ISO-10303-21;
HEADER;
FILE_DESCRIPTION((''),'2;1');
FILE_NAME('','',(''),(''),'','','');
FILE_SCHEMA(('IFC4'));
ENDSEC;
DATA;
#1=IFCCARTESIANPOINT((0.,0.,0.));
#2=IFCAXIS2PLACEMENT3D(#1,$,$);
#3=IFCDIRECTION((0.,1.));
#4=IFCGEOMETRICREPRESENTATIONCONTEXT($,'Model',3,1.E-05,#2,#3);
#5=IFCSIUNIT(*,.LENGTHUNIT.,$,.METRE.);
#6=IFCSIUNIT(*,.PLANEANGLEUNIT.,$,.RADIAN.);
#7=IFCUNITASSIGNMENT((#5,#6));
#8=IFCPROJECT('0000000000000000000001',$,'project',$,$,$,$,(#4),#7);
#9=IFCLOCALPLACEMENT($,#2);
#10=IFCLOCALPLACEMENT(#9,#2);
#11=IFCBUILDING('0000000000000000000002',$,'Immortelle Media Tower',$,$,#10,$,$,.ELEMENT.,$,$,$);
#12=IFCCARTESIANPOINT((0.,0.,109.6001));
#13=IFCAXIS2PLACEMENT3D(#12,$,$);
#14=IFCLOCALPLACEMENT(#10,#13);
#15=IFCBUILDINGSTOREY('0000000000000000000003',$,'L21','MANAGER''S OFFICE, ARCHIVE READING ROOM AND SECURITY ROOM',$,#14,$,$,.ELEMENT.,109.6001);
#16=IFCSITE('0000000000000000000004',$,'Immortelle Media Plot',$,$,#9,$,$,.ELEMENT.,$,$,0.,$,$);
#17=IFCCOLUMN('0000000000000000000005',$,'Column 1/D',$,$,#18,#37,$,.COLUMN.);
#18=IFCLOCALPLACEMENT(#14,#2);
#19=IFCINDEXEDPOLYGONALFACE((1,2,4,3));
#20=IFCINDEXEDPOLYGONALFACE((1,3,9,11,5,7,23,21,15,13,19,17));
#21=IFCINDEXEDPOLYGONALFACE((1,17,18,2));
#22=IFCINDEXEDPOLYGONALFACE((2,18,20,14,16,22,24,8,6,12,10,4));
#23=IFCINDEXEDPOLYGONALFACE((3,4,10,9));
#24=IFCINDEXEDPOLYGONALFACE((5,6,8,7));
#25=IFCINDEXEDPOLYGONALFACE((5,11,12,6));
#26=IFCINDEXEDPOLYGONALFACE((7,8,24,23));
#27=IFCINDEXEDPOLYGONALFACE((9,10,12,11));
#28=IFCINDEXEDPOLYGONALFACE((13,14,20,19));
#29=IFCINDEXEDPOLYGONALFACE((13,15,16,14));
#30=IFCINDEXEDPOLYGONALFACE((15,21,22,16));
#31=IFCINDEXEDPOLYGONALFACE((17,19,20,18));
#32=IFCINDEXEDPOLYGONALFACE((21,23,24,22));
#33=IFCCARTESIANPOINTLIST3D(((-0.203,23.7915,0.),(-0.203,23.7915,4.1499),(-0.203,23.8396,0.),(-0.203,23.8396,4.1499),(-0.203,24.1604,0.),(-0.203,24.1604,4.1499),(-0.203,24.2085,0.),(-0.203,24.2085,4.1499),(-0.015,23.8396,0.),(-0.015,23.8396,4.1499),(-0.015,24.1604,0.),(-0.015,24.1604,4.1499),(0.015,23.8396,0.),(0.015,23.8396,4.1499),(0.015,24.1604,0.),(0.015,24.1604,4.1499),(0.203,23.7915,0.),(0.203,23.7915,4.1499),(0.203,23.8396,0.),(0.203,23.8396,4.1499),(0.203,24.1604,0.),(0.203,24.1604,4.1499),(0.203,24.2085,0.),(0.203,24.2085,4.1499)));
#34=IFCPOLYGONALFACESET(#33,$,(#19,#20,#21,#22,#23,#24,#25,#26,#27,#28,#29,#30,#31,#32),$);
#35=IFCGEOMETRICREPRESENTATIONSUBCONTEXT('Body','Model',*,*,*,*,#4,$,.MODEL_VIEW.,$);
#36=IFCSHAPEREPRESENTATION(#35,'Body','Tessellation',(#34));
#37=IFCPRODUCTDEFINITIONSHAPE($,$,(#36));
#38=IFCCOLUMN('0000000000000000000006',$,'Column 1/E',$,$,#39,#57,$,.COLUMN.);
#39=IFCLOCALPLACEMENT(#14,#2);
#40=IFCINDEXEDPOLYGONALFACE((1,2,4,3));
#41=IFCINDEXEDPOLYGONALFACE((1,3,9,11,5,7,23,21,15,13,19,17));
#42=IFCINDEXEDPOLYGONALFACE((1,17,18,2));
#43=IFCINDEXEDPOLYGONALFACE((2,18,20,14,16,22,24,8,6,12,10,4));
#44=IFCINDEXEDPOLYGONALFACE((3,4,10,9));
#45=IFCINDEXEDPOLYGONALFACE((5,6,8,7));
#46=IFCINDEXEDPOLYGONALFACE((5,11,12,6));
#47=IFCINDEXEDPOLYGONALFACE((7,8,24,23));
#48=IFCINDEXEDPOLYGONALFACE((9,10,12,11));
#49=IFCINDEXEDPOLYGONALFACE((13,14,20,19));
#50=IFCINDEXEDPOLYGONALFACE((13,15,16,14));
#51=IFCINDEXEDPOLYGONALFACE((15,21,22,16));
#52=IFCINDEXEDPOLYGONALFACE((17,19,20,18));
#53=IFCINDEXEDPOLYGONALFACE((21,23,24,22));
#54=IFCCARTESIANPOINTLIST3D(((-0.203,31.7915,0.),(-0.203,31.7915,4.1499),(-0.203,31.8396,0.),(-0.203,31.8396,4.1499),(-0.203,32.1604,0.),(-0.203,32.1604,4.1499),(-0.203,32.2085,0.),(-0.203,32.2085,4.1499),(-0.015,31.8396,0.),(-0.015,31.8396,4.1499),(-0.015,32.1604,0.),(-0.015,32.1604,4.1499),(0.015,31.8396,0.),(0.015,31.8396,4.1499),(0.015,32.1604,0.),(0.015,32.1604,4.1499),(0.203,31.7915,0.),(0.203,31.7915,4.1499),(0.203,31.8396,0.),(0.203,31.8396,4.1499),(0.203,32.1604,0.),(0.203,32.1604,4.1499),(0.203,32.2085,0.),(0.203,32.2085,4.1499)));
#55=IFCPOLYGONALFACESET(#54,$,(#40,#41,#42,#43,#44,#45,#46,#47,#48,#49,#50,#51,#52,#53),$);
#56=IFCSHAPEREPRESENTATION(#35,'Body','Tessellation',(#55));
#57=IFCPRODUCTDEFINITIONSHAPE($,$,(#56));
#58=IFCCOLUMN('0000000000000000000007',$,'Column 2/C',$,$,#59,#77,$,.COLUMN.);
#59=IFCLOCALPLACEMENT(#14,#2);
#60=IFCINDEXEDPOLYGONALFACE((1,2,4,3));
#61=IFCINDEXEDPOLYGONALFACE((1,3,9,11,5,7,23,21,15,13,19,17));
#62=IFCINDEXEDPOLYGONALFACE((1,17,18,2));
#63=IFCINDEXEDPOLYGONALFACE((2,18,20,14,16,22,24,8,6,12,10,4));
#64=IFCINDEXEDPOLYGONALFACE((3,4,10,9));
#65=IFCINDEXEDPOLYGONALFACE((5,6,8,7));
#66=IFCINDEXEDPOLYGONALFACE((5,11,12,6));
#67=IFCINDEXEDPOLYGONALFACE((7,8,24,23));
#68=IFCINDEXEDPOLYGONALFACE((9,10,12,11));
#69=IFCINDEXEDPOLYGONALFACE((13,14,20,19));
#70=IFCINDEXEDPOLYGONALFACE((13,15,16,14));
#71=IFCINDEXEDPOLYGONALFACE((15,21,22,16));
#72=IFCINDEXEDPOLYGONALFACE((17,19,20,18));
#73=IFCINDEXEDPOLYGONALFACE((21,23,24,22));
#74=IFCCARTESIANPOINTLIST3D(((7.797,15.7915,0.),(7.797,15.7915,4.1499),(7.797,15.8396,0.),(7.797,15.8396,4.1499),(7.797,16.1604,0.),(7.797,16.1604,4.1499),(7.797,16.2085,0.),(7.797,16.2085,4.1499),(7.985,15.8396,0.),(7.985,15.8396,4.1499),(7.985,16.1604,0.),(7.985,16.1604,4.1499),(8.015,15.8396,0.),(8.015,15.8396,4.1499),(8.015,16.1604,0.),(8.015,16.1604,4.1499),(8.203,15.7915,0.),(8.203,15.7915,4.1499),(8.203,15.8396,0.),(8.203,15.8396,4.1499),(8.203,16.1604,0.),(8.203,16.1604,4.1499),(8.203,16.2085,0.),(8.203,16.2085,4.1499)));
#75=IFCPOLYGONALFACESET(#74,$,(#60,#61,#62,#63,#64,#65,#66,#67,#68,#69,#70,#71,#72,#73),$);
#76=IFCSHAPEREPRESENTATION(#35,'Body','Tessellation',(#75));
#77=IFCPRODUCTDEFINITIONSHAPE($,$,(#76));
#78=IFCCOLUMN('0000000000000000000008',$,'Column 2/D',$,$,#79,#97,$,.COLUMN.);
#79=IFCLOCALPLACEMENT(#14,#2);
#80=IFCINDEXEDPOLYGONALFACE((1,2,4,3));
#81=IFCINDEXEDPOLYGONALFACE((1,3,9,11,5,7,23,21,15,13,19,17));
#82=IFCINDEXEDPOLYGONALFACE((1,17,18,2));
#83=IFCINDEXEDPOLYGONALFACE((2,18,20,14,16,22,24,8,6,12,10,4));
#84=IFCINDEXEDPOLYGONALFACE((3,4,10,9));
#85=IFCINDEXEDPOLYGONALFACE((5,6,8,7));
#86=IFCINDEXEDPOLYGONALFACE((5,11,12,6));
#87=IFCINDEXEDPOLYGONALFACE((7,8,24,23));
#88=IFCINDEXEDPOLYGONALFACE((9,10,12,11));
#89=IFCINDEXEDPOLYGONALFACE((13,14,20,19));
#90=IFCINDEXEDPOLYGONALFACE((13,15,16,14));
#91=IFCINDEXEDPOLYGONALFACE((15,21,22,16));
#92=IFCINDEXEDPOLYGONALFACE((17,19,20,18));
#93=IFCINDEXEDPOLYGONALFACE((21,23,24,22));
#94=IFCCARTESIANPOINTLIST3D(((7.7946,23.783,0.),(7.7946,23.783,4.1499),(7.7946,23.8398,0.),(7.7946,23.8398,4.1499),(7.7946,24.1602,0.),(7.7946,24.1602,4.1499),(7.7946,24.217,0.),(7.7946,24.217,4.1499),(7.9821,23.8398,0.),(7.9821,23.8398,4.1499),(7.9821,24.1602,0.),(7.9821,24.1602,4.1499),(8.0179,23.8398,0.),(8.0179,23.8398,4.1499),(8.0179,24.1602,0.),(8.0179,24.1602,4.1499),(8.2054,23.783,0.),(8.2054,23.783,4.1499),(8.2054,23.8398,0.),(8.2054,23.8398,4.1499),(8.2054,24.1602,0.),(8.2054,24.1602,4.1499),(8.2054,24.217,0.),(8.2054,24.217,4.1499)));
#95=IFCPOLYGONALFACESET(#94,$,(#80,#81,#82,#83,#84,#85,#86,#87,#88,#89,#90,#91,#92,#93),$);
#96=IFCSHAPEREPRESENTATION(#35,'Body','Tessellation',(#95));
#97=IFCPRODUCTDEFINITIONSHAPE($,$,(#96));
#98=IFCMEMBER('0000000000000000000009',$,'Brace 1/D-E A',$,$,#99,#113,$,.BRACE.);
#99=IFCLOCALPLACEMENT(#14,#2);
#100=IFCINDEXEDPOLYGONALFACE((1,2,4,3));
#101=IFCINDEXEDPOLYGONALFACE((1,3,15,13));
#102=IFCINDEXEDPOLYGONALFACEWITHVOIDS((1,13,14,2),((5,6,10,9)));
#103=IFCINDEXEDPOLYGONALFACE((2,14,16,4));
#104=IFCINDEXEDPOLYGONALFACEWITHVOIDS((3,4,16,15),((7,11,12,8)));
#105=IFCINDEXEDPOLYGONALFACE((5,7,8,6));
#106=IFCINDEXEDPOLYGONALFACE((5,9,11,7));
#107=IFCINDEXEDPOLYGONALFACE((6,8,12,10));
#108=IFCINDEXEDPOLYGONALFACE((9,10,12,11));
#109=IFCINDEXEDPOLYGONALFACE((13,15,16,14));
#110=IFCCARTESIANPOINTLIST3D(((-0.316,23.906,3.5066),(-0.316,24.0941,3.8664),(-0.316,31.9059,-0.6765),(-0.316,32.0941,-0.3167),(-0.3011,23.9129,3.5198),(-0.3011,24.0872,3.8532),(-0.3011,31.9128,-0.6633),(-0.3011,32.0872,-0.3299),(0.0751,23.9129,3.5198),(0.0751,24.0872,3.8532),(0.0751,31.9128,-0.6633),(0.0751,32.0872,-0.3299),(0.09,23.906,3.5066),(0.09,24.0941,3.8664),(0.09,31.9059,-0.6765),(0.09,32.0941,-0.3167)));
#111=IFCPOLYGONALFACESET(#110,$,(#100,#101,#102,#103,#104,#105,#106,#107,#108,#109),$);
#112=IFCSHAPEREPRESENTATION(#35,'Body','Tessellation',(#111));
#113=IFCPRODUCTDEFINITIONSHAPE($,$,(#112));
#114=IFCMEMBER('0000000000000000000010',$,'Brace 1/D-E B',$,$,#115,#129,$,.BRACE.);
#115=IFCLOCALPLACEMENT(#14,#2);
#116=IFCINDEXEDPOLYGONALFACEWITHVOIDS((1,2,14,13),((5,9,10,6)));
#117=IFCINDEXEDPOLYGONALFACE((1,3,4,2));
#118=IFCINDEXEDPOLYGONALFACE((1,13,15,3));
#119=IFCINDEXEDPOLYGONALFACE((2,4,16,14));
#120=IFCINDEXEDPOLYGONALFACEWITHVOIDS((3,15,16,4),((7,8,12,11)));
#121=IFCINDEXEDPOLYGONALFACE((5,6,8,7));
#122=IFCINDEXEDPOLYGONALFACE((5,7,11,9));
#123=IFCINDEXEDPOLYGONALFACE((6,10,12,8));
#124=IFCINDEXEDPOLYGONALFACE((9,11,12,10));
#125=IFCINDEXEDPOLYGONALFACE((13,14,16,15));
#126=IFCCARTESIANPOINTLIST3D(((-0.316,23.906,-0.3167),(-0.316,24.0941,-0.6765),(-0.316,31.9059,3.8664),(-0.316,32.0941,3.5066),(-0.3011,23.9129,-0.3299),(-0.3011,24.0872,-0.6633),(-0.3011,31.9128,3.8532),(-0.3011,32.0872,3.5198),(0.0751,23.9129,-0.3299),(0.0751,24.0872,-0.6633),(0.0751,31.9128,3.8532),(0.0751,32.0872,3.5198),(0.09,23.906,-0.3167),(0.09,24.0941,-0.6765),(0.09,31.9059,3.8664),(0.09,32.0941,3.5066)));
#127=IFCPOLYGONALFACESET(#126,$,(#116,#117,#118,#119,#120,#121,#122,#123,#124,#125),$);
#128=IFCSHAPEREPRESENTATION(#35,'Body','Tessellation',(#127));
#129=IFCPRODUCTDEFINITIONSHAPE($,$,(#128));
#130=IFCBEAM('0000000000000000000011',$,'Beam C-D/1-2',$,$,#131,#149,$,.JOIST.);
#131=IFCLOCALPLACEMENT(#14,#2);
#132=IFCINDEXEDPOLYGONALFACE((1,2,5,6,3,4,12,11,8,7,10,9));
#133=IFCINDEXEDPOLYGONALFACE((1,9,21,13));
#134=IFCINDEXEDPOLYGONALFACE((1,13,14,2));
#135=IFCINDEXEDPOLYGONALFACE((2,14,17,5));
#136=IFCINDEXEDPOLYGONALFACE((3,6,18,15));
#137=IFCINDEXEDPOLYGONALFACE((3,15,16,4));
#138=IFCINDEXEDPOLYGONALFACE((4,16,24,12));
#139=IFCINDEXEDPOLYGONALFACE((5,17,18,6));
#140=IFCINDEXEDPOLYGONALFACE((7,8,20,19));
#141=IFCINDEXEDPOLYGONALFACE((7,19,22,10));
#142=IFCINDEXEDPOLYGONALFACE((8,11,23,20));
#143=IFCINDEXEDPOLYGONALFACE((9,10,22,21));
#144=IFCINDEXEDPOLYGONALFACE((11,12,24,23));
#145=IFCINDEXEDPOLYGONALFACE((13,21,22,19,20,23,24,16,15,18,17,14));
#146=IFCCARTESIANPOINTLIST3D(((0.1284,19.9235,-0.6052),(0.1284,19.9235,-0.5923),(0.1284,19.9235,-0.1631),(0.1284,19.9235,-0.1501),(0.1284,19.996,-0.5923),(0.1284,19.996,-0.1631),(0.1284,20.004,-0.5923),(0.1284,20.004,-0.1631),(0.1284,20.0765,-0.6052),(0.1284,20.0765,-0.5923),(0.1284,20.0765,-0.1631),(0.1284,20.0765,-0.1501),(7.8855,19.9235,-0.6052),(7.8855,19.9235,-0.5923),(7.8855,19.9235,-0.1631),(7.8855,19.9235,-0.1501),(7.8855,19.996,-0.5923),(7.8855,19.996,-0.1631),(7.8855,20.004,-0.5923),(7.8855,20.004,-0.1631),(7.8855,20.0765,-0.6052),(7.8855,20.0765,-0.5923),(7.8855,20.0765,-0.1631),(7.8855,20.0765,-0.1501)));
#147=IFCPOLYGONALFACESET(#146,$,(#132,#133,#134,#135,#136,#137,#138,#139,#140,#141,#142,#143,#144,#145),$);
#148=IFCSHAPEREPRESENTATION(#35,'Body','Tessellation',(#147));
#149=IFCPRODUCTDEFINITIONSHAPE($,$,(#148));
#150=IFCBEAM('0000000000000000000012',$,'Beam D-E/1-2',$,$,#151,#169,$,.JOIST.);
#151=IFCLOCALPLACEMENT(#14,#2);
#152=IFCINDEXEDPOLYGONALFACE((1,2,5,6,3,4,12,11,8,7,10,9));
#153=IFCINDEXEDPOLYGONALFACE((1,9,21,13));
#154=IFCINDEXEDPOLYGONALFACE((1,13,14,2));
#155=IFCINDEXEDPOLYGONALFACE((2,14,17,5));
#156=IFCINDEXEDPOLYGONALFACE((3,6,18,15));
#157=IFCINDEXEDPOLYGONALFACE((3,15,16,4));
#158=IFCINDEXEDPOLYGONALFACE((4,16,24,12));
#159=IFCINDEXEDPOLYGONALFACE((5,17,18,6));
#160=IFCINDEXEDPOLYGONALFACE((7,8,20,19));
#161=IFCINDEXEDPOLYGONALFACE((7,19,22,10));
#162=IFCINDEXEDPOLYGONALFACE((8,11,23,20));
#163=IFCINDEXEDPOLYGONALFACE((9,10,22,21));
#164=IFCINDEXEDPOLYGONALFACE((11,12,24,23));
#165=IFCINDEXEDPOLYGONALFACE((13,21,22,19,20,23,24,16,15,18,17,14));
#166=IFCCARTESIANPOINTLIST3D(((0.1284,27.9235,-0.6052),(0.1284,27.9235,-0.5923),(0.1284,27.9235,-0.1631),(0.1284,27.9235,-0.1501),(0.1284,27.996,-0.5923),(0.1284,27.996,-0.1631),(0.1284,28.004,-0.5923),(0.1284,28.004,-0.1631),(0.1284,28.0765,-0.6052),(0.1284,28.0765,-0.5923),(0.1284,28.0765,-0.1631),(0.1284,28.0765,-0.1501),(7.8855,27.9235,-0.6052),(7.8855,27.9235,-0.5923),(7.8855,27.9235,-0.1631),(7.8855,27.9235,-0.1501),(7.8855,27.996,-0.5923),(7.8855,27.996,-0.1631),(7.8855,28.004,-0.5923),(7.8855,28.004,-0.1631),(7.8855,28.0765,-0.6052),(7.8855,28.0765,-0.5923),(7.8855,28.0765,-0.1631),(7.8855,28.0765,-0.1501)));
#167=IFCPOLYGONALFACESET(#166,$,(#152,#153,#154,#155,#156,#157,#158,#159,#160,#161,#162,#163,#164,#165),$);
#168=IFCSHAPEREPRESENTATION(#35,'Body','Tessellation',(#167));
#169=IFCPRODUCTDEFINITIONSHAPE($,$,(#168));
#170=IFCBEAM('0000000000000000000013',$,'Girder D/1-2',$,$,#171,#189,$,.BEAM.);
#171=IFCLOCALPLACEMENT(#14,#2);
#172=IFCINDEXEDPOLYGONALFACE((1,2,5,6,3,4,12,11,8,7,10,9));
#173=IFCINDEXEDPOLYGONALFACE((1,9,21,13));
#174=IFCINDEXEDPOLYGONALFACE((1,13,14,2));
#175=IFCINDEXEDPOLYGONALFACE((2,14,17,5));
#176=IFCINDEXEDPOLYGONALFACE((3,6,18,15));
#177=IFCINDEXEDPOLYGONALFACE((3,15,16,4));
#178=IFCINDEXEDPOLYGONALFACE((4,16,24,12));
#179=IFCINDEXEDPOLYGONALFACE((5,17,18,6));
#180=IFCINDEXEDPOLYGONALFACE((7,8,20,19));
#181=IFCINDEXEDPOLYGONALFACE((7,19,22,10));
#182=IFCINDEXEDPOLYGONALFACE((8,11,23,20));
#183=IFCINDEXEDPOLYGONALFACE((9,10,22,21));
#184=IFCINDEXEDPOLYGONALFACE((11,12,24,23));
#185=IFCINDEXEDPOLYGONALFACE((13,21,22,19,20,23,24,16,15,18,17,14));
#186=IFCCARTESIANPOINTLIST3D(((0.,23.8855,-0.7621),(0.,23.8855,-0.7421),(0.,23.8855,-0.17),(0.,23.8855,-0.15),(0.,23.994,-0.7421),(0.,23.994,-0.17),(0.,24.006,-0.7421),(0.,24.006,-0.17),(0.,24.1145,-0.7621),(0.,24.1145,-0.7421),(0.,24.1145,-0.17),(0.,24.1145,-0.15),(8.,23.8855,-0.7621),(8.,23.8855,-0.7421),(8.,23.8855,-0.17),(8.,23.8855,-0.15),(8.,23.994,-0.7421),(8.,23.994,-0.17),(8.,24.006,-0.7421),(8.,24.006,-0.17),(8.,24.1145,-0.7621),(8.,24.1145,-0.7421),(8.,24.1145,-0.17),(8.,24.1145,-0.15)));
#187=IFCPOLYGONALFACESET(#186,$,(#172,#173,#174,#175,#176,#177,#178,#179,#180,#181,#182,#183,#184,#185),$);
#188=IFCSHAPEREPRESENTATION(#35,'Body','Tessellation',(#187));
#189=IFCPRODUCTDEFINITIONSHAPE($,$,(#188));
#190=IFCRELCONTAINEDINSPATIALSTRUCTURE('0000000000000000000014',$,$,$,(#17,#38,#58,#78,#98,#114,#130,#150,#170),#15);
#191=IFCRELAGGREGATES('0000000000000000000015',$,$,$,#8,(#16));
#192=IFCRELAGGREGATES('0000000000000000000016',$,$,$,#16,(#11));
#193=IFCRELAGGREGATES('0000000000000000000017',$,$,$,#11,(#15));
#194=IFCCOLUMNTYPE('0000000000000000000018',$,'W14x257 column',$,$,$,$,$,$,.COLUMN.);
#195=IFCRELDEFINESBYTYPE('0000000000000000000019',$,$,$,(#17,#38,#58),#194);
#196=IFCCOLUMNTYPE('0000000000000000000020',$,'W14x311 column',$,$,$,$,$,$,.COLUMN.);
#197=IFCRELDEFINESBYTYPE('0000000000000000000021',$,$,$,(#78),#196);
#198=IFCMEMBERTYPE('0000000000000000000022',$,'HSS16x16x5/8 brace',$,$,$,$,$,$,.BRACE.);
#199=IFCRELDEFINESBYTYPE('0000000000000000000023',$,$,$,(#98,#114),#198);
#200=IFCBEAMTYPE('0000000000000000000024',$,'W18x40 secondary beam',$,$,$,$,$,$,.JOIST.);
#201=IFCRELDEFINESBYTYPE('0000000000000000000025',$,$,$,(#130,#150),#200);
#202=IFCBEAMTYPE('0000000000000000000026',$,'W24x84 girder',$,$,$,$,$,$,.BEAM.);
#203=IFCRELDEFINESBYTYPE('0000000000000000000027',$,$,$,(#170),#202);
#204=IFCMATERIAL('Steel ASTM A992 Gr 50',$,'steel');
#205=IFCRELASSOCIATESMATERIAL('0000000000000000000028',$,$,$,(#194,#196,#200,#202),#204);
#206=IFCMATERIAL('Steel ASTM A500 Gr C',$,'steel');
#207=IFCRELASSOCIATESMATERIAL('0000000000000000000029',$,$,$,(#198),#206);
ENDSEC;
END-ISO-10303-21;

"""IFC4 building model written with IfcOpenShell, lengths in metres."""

from ifc_helpers import new_model, si_unit, direction, frame, origin, origin_2d, place, context, subcontext, project, spatial, hollow_rectangle, i_section, extrude, material, material_profile, profile_set, type_object, element, save


model = new_model("IFC4")

# Units and contexts
model_context = context("Model", 3, precision=1e-05, world=origin(), true_north=direction((0.0, 1.0)))
body_context = subcontext(model_context, "Body", "Model", "MODEL_VIEW")
ifc_project = project(units=[si_unit("LENGTHUNIT", "METRE"), si_unit("PLANEANGLEUNIT", "RADIAN")], contexts=[model_context])

# Site, building, storey
site_placement = place(None, origin())
site = spatial("IfcSite", under=ifc_project, at=site_placement, Name="Immortelle Media Plot", CompositionType="ELEMENT", RefElevation=0.0)
building_placement = place(site_placement, origin())
building = spatial("IfcBuilding", under=site, at=building_placement, Name="Immortelle Media Tower", CompositionType="ELEMENT")
storey_placement = place(building_placement, frame((0.0, 0.0, 109.6001)))
storey = spatial("IfcBuildingStorey", under=building, at=storey_placement, Name="L21", Description="MANAGER'S OFFICE, ARCHIVE READING ROOM AND SECURITY ROOM", CompositionType="ELEMENT", Elevation=109.6001)

# Columns
ifc_material_1 = material(Name="Steel ASTM A992 Gr 50", Category="steel")
ifc_material_profile_1 = material_profile(ifc_material_1, i_section(OverallWidth=0.406, OverallDepth=0.417, WebThickness=0.03, FlangeThickness=0.0481, at=origin_2d()), Name="W14x257")
ifc_profile_set_1 = profile_set([ifc_material_profile_1], Name="Steel ASTM A992 Gr 50")
column_type_1 = type_object("IfcColumnType", Name="W14x257 column", PredefinedType="COLUMN", material=ifc_profile_set_1)
for number, where, z_axis, x_axis, name in (
    (1, (0.0, 24.0, 0.0), (0.0, 0.0, 1.0), (1.0, 0.0, 0.0), "Column 1/D"),
    (2, (0.0, 32.0, 0.0), (0.0, 0.0, 1.0), (1.0, 0.0, 0.0), "Column 1/E"),
    (3, (8.0, 16.0, 0.0), (0.0, 0.0, 1.0), (1.0, 0.0, 0.0), "Column 2/C"),
):
    element("IfcColumn", number, at=place(storey_placement, frame(where, z_axis=z_axis, x_axis=x_axis)), inside=storey, type_object=column_type_1, Name=name, PredefinedType="COLUMN", context=body_context, shape_type="SweptSolid", body=[
        extrude(i_section(OverallWidth=0.406, OverallDepth=0.417, WebThickness=0.03, FlangeThickness=0.0481, at=origin_2d()), origin(), (0.0, 0.0, 1.0), 4.1499),
    ])
ifc_material_profile_2 = material_profile(ifc_material_1, i_section(OverallWidth=0.4109, OverallDepth=0.4341, WebThickness=0.0359, FlangeThickness=0.0569, at=origin_2d()), Name="W14x311")
ifc_profile_set_2 = profile_set([ifc_material_profile_2], Name="Steel ASTM A992 Gr 50")
column_type_2 = type_object("IfcColumnType", Name="W14x311 column", PredefinedType="COLUMN", material=ifc_profile_set_2)
column_placement = place(storey_placement, frame((8.0, 24.0, 0.0), z_axis=(0.0, 0.0, 1.0), x_axis=(1.0, 0.0, 0.0)))
element("IfcColumn", 4, at=column_placement, inside=storey, type_object=column_type_2, Name="Column 2/D", PredefinedType="COLUMN", context=body_context, shape_type="SweptSolid", body=[
    extrude(i_section(OverallWidth=0.4109, OverallDepth=0.4341, WebThickness=0.0359, FlangeThickness=0.0569, at=origin_2d()), origin(), (0.0, 0.0, 1.0), 4.1499),
])

# Members
ifc_material_2 = material(Name="Steel ASTM A500 Gr C", Category="steel")
ifc_material_profile_3 = material_profile(ifc_material_2, hollow_rectangle(XDim=0.406, YDim=0.406, WallThickness=0.0149, at=origin_2d()), Name="HSS16x16x5/8 brace")
ifc_profile_set_3 = profile_set([ifc_material_profile_3], Name="Steel ASTM A500 Gr C")
member_type = type_object("IfcMemberType", Name="HSS16x16x5/8 brace", PredefinedType="BRACE", material=ifc_profile_set_3)
for number, where, z_axis, x_axis, name in (
    (5, (-0.113, 32.0, -0.4966), (0.0, -0.886167, 0.463366), (1.0, 0.0, 0.0), "Brace 1/D-E A"),
    (6, (-0.113, 32.0, 3.6865), (0.0, -0.886167, -0.463366), (1.0, 0.0, 0.0), "Brace 1/D-E B"),
):
    element("IfcMember", number, at=place(storey_placement, frame(where, z_axis=z_axis, x_axis=x_axis)), inside=storey, type_object=member_type, Name=name, PredefinedType="BRACE", context=body_context, shape_type="SweptSolid", body=[
        extrude(hollow_rectangle(XDim=0.406, YDim=0.406, WallThickness=0.0149, at=origin_2d()), origin(), (0.0, 0.0, 1.0), 9.0276),
    ])

# Beams
ifc_material_profile_4 = material_profile(ifc_material_1, i_section(OverallWidth=0.1531, OverallDepth=0.4551, WebThickness=0.0081, FlangeThickness=0.0129, at=origin_2d()), Name="W18x40")
ifc_profile_set_4 = profile_set([ifc_material_profile_4], Name="Steel ASTM A992 Gr 50")
beam_type_1 = type_object("IfcBeamType", Name="W18x40 secondary beam", PredefinedType="JOIST", material=ifc_profile_set_4)
for number, where, z_axis, x_axis, name in (
    (7, (0.1284, 20.0, -0.3777), (1.0, 0.0, 0.0), (0.0, 1.0, 0.0), "Beam C-D/1-2"),
    (8, (0.1284, 28.0, -0.3777), (1.0, 0.0, 0.0), (0.0, 1.0, 0.0), "Beam D-E/1-2"),
):
    element("IfcBeam", number, at=place(storey_placement, frame(where, z_axis=z_axis, x_axis=x_axis)), inside=storey, type_object=beam_type_1, Name=name, PredefinedType="JOIST", context=body_context, shape_type="SweptSolid", body=[
        extrude(i_section(OverallWidth=0.1531, OverallDepth=0.4551, WebThickness=0.0081, FlangeThickness=0.0129, at=origin_2d()), origin(), (0.0, 0.0, 1.0), 7.7571),
    ])
ifc_material_profile_5 = material_profile(ifc_material_1, i_section(OverallWidth=0.229, OverallDepth=0.6121, WebThickness=0.012, FlangeThickness=0.02, at=origin_2d()), Name="W24x84")
ifc_profile_set_5 = profile_set([ifc_material_profile_5], Name="Steel ASTM A992 Gr 50")
beam_type_2 = type_object("IfcBeamType", Name="W24x84 girder", PredefinedType="BEAM", material=ifc_profile_set_5)
for number, where, z_axis, x_axis, name in (
    (9, (0.0, 24.0, -0.4561), (1.0, 0.0, 0.0), (0.0, 1.0, 0.0), "Girder D/1-2"),
):
    element("IfcBeam", number, at=place(storey_placement, frame(where, z_axis=z_axis, x_axis=x_axis)), inside=storey, type_object=beam_type_2, Name=name, PredefinedType="BEAM", context=body_context, shape_type="SweptSolid", body=[
        extrude(i_section(OverallWidth=0.229, OverallDepth=0.6121, WebThickness=0.012, FlangeThickness=0.02, at=origin_2d()), origin(), (0.0, 0.0, 1.0), 8.0),
    ])

save(model, "model.ifc")
